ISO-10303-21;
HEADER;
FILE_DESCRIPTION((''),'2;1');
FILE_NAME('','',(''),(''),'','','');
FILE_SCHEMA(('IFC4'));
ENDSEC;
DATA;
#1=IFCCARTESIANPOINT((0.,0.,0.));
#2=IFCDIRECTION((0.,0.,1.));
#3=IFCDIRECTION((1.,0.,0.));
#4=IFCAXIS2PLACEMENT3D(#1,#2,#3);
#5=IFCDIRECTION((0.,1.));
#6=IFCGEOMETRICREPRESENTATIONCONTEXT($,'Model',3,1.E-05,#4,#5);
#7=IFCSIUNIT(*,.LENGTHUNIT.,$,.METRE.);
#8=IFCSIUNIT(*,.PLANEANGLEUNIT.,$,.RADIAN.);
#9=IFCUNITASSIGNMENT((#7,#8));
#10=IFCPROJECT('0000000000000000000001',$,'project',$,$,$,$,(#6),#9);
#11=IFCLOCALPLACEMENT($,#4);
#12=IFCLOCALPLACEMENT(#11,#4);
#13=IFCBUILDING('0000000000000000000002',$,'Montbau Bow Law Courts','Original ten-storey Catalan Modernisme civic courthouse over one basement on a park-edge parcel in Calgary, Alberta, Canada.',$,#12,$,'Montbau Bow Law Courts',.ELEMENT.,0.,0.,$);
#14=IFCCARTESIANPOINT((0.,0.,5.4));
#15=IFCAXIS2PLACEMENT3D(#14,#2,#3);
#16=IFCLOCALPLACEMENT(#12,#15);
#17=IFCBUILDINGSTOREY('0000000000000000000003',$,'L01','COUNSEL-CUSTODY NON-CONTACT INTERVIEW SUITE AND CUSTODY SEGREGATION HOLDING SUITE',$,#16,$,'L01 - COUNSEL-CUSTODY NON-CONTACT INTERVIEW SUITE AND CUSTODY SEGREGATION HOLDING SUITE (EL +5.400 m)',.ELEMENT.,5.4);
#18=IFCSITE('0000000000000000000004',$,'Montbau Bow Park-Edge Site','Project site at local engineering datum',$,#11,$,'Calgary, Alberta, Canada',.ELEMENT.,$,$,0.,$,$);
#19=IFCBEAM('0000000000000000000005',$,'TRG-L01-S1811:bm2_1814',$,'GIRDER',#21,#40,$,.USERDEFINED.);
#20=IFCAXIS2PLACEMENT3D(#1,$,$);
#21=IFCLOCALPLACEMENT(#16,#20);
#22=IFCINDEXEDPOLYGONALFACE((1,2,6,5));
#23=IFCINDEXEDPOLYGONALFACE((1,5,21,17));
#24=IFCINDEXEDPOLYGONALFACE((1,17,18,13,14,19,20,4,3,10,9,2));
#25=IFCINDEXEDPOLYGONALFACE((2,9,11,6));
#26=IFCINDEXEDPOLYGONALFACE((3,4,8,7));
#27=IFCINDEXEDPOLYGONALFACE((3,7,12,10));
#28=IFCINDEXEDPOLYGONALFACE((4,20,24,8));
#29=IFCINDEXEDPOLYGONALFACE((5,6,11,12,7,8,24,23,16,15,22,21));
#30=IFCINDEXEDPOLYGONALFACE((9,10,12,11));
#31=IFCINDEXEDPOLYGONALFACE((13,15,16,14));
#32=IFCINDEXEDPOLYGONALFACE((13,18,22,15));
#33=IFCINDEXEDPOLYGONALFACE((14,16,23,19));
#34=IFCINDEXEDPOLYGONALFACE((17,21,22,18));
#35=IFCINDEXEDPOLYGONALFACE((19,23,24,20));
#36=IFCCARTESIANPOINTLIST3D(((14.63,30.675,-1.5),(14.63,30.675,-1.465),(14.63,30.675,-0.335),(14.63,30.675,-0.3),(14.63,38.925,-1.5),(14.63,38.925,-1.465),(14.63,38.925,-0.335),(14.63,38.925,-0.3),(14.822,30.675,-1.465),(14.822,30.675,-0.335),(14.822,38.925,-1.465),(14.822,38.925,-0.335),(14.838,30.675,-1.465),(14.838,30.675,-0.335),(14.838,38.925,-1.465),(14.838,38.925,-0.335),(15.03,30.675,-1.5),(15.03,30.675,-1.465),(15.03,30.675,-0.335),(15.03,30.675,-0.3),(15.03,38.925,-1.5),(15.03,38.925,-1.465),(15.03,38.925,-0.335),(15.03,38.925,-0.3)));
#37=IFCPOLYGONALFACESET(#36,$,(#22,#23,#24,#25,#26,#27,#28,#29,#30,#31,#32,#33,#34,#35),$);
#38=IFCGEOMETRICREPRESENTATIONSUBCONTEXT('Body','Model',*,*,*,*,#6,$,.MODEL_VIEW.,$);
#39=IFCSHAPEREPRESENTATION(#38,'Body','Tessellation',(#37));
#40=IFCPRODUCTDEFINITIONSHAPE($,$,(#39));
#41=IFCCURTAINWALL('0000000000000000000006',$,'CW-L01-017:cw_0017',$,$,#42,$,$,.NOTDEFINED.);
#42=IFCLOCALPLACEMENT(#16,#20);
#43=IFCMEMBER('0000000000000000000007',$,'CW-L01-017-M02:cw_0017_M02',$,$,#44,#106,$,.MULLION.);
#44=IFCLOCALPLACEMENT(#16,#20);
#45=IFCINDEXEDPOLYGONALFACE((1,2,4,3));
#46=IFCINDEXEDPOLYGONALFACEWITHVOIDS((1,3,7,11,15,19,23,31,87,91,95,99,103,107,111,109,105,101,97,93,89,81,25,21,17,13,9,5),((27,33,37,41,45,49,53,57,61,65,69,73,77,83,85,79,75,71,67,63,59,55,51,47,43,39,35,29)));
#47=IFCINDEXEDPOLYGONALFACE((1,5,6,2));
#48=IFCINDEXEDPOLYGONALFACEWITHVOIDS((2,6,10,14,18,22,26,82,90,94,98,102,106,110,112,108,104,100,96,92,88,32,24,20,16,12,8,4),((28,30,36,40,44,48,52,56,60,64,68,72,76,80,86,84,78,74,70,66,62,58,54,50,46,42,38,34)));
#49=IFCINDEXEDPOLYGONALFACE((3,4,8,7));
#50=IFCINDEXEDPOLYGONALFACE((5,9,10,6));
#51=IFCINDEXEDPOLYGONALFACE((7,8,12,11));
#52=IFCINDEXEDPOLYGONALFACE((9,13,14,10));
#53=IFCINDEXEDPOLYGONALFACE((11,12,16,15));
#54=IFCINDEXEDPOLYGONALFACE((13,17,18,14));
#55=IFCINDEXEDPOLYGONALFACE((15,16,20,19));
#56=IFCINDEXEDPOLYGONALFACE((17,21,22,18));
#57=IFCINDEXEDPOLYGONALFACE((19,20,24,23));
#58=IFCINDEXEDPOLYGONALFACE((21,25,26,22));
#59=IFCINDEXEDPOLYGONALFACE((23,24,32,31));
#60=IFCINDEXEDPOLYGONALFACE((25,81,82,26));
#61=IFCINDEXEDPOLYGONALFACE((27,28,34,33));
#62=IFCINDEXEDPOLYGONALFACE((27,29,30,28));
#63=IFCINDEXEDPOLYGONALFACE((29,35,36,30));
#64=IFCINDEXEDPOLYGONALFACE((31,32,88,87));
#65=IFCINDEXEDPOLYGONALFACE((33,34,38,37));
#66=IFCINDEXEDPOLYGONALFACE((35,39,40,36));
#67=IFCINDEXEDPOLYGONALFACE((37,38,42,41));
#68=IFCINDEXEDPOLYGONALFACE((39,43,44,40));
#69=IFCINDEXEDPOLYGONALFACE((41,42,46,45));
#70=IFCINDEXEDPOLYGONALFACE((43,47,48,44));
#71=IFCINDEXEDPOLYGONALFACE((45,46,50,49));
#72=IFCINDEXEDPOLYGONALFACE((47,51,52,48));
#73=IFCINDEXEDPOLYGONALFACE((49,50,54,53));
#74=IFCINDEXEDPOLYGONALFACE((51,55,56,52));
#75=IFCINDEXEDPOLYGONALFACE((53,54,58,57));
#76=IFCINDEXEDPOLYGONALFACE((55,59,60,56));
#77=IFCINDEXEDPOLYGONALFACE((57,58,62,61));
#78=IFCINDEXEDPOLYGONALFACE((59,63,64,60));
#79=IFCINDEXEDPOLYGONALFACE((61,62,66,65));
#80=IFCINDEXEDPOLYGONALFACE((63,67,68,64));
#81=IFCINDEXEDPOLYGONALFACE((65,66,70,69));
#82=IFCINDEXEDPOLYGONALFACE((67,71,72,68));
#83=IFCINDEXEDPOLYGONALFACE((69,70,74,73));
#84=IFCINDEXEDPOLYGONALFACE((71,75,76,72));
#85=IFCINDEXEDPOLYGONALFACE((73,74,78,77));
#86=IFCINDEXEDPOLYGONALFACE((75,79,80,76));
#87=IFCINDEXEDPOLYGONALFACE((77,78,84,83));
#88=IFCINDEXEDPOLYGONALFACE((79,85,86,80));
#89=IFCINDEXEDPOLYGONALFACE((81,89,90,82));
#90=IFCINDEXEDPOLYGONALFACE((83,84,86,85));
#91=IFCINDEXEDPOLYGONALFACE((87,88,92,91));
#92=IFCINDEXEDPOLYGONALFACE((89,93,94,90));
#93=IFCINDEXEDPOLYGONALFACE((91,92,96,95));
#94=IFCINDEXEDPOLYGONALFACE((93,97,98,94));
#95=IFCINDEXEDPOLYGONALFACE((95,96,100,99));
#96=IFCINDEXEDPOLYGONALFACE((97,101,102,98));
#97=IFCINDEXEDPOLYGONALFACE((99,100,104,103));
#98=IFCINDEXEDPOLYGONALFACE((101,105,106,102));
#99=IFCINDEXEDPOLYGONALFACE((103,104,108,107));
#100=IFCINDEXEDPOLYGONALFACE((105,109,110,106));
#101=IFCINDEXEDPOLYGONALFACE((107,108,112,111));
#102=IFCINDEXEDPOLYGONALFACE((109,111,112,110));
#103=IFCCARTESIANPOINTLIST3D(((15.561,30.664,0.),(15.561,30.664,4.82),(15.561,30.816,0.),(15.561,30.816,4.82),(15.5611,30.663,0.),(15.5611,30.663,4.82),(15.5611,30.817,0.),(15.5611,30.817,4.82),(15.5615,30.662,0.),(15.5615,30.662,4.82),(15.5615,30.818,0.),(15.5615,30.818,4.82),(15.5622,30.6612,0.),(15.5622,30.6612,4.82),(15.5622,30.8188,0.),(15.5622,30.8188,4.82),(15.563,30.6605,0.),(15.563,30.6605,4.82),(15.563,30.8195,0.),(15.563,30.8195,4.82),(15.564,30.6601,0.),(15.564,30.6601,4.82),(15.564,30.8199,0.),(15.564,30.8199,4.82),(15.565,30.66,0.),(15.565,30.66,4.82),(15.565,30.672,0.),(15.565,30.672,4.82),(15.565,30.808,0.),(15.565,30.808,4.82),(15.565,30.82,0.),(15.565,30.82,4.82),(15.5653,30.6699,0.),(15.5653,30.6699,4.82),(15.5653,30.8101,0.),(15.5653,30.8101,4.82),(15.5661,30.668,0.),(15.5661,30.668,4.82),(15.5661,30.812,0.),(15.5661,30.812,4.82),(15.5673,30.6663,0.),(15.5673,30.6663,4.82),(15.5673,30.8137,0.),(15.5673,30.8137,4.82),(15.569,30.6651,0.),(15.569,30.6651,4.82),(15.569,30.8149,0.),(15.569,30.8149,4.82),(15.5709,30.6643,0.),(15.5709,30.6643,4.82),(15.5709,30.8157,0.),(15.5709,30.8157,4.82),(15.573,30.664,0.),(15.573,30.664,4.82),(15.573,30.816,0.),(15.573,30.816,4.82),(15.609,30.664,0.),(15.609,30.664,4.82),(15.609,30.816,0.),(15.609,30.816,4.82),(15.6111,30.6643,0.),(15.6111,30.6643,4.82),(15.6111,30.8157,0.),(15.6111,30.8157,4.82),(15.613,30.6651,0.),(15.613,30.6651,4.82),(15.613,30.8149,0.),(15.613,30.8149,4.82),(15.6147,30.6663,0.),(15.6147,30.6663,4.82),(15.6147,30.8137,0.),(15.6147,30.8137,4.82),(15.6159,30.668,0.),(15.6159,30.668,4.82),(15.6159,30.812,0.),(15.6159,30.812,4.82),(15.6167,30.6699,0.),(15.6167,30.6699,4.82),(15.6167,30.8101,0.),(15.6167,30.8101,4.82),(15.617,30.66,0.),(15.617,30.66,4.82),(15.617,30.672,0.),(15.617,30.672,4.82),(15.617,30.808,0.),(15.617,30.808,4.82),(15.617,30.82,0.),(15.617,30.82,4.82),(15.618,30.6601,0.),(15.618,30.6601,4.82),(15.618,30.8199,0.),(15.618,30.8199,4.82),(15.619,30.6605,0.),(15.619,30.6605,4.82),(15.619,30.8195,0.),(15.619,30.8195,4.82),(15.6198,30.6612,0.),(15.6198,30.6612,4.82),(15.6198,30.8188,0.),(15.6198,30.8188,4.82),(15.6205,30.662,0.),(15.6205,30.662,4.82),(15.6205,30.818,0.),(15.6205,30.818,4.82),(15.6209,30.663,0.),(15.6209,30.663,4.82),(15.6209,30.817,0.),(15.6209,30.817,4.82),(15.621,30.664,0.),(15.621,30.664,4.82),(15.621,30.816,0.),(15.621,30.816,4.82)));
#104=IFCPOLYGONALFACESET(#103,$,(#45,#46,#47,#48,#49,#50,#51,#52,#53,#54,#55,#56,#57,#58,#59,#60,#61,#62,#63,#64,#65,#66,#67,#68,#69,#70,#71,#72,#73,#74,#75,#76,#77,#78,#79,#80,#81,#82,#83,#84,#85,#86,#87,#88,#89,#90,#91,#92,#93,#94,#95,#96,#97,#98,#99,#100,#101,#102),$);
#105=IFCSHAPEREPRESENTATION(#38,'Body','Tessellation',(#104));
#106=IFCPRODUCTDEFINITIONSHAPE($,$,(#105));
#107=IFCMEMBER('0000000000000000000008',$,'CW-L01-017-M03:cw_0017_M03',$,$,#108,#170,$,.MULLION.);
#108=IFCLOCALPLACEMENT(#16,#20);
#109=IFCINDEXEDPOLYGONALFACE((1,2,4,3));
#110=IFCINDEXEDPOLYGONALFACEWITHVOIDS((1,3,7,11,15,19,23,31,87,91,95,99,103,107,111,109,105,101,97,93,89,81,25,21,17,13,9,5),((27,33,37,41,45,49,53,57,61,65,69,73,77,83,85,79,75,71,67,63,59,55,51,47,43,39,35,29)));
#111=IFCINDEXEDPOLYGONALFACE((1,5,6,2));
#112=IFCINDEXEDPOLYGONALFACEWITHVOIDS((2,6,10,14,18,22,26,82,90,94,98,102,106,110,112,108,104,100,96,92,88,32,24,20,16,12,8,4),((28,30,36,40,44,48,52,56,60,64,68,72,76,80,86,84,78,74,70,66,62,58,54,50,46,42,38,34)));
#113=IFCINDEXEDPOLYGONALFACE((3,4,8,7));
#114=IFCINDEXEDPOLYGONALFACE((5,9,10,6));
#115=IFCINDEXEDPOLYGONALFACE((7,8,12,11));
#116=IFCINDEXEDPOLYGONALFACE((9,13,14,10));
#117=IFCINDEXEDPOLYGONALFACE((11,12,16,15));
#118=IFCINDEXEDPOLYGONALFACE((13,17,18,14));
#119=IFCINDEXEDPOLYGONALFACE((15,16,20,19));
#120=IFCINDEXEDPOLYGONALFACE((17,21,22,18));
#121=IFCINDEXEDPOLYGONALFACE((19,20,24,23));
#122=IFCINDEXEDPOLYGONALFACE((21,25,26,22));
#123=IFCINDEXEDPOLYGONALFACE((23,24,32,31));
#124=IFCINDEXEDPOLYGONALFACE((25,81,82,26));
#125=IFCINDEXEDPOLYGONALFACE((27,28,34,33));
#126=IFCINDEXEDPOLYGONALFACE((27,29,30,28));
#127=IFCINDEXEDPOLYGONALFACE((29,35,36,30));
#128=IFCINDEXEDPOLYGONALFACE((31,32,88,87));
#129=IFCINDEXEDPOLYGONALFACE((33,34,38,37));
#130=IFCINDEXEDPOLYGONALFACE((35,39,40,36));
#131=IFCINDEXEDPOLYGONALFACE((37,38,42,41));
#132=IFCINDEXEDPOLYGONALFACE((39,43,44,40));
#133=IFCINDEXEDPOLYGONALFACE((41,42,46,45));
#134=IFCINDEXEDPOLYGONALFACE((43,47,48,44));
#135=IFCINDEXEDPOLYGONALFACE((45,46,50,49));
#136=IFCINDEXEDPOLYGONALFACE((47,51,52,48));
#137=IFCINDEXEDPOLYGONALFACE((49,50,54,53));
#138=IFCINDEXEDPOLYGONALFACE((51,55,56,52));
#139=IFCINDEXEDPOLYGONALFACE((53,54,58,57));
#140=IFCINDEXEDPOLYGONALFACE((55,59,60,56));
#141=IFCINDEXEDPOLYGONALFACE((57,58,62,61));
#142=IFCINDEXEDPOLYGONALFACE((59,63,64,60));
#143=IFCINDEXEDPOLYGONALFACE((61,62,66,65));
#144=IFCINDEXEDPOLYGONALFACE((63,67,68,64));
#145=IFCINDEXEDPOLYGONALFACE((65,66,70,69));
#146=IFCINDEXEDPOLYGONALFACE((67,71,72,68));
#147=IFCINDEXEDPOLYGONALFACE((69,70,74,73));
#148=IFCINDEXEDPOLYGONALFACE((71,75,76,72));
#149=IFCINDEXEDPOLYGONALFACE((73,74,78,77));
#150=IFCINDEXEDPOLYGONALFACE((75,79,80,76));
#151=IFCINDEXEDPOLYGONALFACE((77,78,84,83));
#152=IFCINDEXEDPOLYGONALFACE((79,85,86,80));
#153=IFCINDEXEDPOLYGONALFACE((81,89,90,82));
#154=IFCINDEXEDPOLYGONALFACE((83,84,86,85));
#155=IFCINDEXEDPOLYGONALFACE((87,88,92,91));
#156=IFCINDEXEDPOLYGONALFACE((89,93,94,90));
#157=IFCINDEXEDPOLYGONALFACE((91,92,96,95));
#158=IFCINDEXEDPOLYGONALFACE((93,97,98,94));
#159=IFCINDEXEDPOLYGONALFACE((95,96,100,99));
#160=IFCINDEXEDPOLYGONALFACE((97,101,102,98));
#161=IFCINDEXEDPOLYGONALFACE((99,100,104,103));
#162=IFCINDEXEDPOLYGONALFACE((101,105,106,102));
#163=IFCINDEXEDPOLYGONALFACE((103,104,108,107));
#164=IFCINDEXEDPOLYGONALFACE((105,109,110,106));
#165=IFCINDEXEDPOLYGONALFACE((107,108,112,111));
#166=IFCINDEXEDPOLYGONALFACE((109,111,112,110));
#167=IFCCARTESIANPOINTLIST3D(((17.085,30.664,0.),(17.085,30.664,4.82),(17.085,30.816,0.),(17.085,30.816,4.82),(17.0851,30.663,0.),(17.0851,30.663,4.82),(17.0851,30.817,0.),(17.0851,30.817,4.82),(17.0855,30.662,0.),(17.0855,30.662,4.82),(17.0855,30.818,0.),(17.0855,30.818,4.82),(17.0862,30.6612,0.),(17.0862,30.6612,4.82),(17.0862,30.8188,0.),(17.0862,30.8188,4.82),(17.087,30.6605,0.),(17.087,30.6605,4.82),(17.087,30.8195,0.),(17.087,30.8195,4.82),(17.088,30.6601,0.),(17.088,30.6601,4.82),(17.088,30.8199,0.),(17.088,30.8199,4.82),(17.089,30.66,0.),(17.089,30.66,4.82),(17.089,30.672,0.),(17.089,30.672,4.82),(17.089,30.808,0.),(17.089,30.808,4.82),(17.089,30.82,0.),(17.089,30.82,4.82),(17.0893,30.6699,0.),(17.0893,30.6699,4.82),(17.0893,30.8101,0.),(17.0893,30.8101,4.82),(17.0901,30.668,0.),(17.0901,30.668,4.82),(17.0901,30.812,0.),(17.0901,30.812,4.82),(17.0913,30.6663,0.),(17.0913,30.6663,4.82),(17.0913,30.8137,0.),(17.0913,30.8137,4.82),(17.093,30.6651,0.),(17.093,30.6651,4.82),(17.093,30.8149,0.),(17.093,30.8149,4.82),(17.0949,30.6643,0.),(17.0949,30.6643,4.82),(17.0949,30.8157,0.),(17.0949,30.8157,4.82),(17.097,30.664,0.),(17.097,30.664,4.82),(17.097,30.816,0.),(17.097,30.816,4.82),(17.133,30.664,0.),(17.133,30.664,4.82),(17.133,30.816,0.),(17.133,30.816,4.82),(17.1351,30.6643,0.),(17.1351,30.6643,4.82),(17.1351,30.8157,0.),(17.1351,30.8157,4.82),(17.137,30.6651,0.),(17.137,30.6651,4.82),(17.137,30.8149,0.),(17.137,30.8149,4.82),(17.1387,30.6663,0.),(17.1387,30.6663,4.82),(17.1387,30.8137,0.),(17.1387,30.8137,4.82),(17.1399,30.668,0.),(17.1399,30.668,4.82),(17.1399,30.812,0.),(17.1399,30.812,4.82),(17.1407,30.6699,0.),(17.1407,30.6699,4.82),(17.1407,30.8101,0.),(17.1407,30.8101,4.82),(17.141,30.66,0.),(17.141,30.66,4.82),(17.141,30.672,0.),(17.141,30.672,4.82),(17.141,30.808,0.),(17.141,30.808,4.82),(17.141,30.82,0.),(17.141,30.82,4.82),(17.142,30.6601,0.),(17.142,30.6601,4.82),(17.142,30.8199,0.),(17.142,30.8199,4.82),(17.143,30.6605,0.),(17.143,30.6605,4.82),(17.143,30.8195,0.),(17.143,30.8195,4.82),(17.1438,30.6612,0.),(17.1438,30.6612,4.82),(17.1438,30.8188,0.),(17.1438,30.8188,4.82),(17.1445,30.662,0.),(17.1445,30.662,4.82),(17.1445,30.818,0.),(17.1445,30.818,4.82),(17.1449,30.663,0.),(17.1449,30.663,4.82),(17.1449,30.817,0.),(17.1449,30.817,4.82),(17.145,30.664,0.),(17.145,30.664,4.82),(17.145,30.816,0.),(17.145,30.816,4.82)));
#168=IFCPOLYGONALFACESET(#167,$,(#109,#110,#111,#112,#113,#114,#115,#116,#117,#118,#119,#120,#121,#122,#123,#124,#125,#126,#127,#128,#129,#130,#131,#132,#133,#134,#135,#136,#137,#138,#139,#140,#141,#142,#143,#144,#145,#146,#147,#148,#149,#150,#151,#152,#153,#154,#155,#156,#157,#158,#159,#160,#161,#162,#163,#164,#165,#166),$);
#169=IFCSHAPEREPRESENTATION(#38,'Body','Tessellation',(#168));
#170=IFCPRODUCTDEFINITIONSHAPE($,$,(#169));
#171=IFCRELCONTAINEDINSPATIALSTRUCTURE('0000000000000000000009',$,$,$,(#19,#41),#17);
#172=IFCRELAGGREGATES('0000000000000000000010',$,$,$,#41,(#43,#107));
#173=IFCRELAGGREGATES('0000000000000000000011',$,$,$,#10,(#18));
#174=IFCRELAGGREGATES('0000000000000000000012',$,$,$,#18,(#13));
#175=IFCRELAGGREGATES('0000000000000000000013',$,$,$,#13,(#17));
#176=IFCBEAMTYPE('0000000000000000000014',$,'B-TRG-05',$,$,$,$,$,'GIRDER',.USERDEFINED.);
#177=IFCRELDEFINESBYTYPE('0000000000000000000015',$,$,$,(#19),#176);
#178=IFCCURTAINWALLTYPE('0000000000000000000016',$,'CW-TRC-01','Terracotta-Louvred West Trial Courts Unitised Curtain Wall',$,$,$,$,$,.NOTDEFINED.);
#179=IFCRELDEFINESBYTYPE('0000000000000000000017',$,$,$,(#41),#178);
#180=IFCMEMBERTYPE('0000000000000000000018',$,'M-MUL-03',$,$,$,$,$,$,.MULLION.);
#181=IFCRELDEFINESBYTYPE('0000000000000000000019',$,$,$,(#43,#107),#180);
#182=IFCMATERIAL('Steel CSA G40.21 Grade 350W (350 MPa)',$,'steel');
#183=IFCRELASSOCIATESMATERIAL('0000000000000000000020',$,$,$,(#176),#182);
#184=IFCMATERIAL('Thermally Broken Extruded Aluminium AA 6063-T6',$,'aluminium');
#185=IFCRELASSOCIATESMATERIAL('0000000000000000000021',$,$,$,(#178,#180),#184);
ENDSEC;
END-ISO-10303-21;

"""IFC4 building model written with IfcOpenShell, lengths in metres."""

from ifc_helpers import new_model, si_unit, direction, frame, origin_with_axes, origin_2d_with_axis, place, context, subcontext, project, spatial, hollow_rectangle, i_section, extrude, material, material_profile, profile_set, type_object, element, aggregate, save


model = new_model("IFC4")

# Units and contexts
model_context = context("Model", 3, precision=1e-05, world=origin_with_axes(), true_north=direction((0.0, 1.0)))
body_context = subcontext(model_context, "Body", "Model", "MODEL_VIEW")
ifc_project = project(units=[si_unit("LENGTHUNIT", "METRE"), si_unit("PLANEANGLEUNIT", "RADIAN")], contexts=[model_context])

# Site, building, storey
site_placement = place(None, origin_with_axes())
site = spatial("IfcSite", under=ifc_project, at=site_placement, Name="Montbau Bow Park-Edge Site", Description="Project site at local engineering datum", LongName="Calgary, Alberta, Canada", CompositionType="ELEMENT", RefElevation=0.0)
building_placement = place(site_placement, origin_with_axes())
building = spatial("IfcBuilding", under=site, at=building_placement, Name="Montbau Bow Law Courts", Description="Original ten-storey Catalan Modernisme civic courthouse over one basement on a park-edge parcel in Calgary, Alberta, Canada.", LongName="Montbau Bow Law Courts", CompositionType="ELEMENT", ElevationOfRefHeight=0.0, ElevationOfTerrain=0.0)
storey_placement = place(building_placement, frame((0.0, 0.0, 5.4), z_axis=(0.0, 0.0, 1.0), x_axis=(1.0, 0.0, 0.0)))
storey = spatial("IfcBuildingStorey", under=building, at=storey_placement, Name="L01", Description="COUNSEL-CUSTODY NON-CONTACT INTERVIEW SUITE AND CUSTODY SEGREGATION HOLDING SUITE", LongName="L01 - COUNSEL-CUSTODY NON-CONTACT INTERVIEW SUITE AND CUSTODY SEGREGATION HOLDING SUITE (EL +5.400 m)", CompositionType="ELEMENT", Elevation=5.4)

# Beam
ifc_material_1 = material(Name="Steel CSA G40.21 Grade 350W (350 MPa)", Category="steel")
ifc_material_profile_1 = material_profile(ifc_material_1, i_section(OverallWidth=0.4, OverallDepth=1.2, WebThickness=0.016, FlangeThickness=0.035, at=origin_2d_with_axis()), Name="WWF1200X302", Category="Main", Priority=0)
ifc_profile_set_1 = profile_set([ifc_material_profile_1], Name="Steel CSA G40.21 Grade 350W (350 MPa)")
beam_type = type_object("IfcBeamType", Name="B-TRG-05", ElementType="GIRDER", PredefinedType="USERDEFINED", material=ifc_profile_set_1)
beam_placement = place(None, frame((14.83, 30.675, 4.5), z_axis=(0.0, 1.0, 0.0), x_axis=(-1.0, 0.0, 0.0)))
element("IfcBeam", 1, at=beam_placement, inside=storey, type_object=beam_type, Name="TRG-L01-S1811:bm2_1814", ObjectType="GIRDER", PredefinedType="USERDEFINED", context=body_context, shape_type="SweptSolid", body=[
    extrude(i_section(OverallWidth=0.4, OverallDepth=1.2, WebThickness=0.016, FlangeThickness=0.035, at=origin_2d_with_axis()), origin_with_axes(), (0.0, 0.0, 1.0), 8.25),
])

# Curtain wall, members
ifc_material_2 = material(Name="Thermally Broken Extruded Aluminium AA 6063-T6", Category="aluminium")
curtain_wall_type = type_object("IfcCurtainWallType", Name="CW-TRC-01", Description="Terracotta-Louvred West Trial Courts Unitised Curtain Wall", PredefinedType="NOTDEFINED", material=ifc_material_2)
curtain_wall_placement = place(None, frame((14.068, 30.74, 5.4), z_axis=(0.0, 0.0, 1.0), x_axis=(1.0, 0.0, 0.0)))
curtain_wall = element("IfcCurtainWall", 2, at=curtain_wall_placement, inside=storey, type_object=curtain_wall_type, Name="CW-L01-017:cw_0017", PredefinedType="NOTDEFINED")
ifc_material_profile_2 = material_profile(ifc_material_2, hollow_rectangle(XDim=0.06, YDim=0.16, WallThickness=0.004, InnerFilletRadius=0.008, OuterFilletRadius=0.004, at=origin_2d_with_axis()), Name="CWM-160X60", Category="Main", Priority=0)
ifc_profile_set_2 = profile_set([ifc_material_profile_2], Name="Thermally Broken Extruded Aluminium AA 6063-T6")
member_type_1 = type_object("IfcMemberType", Name="M-MUL-03", PredefinedType="MULLION", material=ifc_profile_set_2)
member_1_placement = place(None, frame((15.591, 30.74, 5.4), z_axis=(0.0, 0.0, 1.0), x_axis=(1.0, 0.0, 0.0)))
member_1 = element("IfcMember", 3, at=member_1_placement, type_object=member_type_1, Name="CW-L01-017-M02:cw_0017_M02", PredefinedType="MULLION", context=body_context, shape_type="SweptSolid", body=[
    extrude(hollow_rectangle(XDim=0.06, YDim=0.16, WallThickness=0.004, InnerFilletRadius=0.008, OuterFilletRadius=0.004, at=origin_2d_with_axis()), origin_with_axes(), (0.0, 0.0, 1.0), 4.82),
])
member_2_placement = place(None, frame((17.115, 30.74, 5.4), z_axis=(0.0, 0.0, 1.0), x_axis=(1.0, 0.0, 0.0)))
member_2 = element("IfcMember", 4, at=member_2_placement, type_object=member_type_1, Name="CW-L01-017-M03:cw_0017_M03", PredefinedType="MULLION", context=body_context, shape_type="SweptSolid", body=[
    extrude(hollow_rectangle(XDim=0.06, YDim=0.16, WallThickness=0.004, InnerFilletRadius=0.008, OuterFilletRadius=0.004, at=origin_2d_with_axis()), origin_with_axes(), (0.0, 0.0, 1.0), 4.82),
])
aggregate(curtain_wall, [member_1, member_2])

save(model, "model.ifc")
